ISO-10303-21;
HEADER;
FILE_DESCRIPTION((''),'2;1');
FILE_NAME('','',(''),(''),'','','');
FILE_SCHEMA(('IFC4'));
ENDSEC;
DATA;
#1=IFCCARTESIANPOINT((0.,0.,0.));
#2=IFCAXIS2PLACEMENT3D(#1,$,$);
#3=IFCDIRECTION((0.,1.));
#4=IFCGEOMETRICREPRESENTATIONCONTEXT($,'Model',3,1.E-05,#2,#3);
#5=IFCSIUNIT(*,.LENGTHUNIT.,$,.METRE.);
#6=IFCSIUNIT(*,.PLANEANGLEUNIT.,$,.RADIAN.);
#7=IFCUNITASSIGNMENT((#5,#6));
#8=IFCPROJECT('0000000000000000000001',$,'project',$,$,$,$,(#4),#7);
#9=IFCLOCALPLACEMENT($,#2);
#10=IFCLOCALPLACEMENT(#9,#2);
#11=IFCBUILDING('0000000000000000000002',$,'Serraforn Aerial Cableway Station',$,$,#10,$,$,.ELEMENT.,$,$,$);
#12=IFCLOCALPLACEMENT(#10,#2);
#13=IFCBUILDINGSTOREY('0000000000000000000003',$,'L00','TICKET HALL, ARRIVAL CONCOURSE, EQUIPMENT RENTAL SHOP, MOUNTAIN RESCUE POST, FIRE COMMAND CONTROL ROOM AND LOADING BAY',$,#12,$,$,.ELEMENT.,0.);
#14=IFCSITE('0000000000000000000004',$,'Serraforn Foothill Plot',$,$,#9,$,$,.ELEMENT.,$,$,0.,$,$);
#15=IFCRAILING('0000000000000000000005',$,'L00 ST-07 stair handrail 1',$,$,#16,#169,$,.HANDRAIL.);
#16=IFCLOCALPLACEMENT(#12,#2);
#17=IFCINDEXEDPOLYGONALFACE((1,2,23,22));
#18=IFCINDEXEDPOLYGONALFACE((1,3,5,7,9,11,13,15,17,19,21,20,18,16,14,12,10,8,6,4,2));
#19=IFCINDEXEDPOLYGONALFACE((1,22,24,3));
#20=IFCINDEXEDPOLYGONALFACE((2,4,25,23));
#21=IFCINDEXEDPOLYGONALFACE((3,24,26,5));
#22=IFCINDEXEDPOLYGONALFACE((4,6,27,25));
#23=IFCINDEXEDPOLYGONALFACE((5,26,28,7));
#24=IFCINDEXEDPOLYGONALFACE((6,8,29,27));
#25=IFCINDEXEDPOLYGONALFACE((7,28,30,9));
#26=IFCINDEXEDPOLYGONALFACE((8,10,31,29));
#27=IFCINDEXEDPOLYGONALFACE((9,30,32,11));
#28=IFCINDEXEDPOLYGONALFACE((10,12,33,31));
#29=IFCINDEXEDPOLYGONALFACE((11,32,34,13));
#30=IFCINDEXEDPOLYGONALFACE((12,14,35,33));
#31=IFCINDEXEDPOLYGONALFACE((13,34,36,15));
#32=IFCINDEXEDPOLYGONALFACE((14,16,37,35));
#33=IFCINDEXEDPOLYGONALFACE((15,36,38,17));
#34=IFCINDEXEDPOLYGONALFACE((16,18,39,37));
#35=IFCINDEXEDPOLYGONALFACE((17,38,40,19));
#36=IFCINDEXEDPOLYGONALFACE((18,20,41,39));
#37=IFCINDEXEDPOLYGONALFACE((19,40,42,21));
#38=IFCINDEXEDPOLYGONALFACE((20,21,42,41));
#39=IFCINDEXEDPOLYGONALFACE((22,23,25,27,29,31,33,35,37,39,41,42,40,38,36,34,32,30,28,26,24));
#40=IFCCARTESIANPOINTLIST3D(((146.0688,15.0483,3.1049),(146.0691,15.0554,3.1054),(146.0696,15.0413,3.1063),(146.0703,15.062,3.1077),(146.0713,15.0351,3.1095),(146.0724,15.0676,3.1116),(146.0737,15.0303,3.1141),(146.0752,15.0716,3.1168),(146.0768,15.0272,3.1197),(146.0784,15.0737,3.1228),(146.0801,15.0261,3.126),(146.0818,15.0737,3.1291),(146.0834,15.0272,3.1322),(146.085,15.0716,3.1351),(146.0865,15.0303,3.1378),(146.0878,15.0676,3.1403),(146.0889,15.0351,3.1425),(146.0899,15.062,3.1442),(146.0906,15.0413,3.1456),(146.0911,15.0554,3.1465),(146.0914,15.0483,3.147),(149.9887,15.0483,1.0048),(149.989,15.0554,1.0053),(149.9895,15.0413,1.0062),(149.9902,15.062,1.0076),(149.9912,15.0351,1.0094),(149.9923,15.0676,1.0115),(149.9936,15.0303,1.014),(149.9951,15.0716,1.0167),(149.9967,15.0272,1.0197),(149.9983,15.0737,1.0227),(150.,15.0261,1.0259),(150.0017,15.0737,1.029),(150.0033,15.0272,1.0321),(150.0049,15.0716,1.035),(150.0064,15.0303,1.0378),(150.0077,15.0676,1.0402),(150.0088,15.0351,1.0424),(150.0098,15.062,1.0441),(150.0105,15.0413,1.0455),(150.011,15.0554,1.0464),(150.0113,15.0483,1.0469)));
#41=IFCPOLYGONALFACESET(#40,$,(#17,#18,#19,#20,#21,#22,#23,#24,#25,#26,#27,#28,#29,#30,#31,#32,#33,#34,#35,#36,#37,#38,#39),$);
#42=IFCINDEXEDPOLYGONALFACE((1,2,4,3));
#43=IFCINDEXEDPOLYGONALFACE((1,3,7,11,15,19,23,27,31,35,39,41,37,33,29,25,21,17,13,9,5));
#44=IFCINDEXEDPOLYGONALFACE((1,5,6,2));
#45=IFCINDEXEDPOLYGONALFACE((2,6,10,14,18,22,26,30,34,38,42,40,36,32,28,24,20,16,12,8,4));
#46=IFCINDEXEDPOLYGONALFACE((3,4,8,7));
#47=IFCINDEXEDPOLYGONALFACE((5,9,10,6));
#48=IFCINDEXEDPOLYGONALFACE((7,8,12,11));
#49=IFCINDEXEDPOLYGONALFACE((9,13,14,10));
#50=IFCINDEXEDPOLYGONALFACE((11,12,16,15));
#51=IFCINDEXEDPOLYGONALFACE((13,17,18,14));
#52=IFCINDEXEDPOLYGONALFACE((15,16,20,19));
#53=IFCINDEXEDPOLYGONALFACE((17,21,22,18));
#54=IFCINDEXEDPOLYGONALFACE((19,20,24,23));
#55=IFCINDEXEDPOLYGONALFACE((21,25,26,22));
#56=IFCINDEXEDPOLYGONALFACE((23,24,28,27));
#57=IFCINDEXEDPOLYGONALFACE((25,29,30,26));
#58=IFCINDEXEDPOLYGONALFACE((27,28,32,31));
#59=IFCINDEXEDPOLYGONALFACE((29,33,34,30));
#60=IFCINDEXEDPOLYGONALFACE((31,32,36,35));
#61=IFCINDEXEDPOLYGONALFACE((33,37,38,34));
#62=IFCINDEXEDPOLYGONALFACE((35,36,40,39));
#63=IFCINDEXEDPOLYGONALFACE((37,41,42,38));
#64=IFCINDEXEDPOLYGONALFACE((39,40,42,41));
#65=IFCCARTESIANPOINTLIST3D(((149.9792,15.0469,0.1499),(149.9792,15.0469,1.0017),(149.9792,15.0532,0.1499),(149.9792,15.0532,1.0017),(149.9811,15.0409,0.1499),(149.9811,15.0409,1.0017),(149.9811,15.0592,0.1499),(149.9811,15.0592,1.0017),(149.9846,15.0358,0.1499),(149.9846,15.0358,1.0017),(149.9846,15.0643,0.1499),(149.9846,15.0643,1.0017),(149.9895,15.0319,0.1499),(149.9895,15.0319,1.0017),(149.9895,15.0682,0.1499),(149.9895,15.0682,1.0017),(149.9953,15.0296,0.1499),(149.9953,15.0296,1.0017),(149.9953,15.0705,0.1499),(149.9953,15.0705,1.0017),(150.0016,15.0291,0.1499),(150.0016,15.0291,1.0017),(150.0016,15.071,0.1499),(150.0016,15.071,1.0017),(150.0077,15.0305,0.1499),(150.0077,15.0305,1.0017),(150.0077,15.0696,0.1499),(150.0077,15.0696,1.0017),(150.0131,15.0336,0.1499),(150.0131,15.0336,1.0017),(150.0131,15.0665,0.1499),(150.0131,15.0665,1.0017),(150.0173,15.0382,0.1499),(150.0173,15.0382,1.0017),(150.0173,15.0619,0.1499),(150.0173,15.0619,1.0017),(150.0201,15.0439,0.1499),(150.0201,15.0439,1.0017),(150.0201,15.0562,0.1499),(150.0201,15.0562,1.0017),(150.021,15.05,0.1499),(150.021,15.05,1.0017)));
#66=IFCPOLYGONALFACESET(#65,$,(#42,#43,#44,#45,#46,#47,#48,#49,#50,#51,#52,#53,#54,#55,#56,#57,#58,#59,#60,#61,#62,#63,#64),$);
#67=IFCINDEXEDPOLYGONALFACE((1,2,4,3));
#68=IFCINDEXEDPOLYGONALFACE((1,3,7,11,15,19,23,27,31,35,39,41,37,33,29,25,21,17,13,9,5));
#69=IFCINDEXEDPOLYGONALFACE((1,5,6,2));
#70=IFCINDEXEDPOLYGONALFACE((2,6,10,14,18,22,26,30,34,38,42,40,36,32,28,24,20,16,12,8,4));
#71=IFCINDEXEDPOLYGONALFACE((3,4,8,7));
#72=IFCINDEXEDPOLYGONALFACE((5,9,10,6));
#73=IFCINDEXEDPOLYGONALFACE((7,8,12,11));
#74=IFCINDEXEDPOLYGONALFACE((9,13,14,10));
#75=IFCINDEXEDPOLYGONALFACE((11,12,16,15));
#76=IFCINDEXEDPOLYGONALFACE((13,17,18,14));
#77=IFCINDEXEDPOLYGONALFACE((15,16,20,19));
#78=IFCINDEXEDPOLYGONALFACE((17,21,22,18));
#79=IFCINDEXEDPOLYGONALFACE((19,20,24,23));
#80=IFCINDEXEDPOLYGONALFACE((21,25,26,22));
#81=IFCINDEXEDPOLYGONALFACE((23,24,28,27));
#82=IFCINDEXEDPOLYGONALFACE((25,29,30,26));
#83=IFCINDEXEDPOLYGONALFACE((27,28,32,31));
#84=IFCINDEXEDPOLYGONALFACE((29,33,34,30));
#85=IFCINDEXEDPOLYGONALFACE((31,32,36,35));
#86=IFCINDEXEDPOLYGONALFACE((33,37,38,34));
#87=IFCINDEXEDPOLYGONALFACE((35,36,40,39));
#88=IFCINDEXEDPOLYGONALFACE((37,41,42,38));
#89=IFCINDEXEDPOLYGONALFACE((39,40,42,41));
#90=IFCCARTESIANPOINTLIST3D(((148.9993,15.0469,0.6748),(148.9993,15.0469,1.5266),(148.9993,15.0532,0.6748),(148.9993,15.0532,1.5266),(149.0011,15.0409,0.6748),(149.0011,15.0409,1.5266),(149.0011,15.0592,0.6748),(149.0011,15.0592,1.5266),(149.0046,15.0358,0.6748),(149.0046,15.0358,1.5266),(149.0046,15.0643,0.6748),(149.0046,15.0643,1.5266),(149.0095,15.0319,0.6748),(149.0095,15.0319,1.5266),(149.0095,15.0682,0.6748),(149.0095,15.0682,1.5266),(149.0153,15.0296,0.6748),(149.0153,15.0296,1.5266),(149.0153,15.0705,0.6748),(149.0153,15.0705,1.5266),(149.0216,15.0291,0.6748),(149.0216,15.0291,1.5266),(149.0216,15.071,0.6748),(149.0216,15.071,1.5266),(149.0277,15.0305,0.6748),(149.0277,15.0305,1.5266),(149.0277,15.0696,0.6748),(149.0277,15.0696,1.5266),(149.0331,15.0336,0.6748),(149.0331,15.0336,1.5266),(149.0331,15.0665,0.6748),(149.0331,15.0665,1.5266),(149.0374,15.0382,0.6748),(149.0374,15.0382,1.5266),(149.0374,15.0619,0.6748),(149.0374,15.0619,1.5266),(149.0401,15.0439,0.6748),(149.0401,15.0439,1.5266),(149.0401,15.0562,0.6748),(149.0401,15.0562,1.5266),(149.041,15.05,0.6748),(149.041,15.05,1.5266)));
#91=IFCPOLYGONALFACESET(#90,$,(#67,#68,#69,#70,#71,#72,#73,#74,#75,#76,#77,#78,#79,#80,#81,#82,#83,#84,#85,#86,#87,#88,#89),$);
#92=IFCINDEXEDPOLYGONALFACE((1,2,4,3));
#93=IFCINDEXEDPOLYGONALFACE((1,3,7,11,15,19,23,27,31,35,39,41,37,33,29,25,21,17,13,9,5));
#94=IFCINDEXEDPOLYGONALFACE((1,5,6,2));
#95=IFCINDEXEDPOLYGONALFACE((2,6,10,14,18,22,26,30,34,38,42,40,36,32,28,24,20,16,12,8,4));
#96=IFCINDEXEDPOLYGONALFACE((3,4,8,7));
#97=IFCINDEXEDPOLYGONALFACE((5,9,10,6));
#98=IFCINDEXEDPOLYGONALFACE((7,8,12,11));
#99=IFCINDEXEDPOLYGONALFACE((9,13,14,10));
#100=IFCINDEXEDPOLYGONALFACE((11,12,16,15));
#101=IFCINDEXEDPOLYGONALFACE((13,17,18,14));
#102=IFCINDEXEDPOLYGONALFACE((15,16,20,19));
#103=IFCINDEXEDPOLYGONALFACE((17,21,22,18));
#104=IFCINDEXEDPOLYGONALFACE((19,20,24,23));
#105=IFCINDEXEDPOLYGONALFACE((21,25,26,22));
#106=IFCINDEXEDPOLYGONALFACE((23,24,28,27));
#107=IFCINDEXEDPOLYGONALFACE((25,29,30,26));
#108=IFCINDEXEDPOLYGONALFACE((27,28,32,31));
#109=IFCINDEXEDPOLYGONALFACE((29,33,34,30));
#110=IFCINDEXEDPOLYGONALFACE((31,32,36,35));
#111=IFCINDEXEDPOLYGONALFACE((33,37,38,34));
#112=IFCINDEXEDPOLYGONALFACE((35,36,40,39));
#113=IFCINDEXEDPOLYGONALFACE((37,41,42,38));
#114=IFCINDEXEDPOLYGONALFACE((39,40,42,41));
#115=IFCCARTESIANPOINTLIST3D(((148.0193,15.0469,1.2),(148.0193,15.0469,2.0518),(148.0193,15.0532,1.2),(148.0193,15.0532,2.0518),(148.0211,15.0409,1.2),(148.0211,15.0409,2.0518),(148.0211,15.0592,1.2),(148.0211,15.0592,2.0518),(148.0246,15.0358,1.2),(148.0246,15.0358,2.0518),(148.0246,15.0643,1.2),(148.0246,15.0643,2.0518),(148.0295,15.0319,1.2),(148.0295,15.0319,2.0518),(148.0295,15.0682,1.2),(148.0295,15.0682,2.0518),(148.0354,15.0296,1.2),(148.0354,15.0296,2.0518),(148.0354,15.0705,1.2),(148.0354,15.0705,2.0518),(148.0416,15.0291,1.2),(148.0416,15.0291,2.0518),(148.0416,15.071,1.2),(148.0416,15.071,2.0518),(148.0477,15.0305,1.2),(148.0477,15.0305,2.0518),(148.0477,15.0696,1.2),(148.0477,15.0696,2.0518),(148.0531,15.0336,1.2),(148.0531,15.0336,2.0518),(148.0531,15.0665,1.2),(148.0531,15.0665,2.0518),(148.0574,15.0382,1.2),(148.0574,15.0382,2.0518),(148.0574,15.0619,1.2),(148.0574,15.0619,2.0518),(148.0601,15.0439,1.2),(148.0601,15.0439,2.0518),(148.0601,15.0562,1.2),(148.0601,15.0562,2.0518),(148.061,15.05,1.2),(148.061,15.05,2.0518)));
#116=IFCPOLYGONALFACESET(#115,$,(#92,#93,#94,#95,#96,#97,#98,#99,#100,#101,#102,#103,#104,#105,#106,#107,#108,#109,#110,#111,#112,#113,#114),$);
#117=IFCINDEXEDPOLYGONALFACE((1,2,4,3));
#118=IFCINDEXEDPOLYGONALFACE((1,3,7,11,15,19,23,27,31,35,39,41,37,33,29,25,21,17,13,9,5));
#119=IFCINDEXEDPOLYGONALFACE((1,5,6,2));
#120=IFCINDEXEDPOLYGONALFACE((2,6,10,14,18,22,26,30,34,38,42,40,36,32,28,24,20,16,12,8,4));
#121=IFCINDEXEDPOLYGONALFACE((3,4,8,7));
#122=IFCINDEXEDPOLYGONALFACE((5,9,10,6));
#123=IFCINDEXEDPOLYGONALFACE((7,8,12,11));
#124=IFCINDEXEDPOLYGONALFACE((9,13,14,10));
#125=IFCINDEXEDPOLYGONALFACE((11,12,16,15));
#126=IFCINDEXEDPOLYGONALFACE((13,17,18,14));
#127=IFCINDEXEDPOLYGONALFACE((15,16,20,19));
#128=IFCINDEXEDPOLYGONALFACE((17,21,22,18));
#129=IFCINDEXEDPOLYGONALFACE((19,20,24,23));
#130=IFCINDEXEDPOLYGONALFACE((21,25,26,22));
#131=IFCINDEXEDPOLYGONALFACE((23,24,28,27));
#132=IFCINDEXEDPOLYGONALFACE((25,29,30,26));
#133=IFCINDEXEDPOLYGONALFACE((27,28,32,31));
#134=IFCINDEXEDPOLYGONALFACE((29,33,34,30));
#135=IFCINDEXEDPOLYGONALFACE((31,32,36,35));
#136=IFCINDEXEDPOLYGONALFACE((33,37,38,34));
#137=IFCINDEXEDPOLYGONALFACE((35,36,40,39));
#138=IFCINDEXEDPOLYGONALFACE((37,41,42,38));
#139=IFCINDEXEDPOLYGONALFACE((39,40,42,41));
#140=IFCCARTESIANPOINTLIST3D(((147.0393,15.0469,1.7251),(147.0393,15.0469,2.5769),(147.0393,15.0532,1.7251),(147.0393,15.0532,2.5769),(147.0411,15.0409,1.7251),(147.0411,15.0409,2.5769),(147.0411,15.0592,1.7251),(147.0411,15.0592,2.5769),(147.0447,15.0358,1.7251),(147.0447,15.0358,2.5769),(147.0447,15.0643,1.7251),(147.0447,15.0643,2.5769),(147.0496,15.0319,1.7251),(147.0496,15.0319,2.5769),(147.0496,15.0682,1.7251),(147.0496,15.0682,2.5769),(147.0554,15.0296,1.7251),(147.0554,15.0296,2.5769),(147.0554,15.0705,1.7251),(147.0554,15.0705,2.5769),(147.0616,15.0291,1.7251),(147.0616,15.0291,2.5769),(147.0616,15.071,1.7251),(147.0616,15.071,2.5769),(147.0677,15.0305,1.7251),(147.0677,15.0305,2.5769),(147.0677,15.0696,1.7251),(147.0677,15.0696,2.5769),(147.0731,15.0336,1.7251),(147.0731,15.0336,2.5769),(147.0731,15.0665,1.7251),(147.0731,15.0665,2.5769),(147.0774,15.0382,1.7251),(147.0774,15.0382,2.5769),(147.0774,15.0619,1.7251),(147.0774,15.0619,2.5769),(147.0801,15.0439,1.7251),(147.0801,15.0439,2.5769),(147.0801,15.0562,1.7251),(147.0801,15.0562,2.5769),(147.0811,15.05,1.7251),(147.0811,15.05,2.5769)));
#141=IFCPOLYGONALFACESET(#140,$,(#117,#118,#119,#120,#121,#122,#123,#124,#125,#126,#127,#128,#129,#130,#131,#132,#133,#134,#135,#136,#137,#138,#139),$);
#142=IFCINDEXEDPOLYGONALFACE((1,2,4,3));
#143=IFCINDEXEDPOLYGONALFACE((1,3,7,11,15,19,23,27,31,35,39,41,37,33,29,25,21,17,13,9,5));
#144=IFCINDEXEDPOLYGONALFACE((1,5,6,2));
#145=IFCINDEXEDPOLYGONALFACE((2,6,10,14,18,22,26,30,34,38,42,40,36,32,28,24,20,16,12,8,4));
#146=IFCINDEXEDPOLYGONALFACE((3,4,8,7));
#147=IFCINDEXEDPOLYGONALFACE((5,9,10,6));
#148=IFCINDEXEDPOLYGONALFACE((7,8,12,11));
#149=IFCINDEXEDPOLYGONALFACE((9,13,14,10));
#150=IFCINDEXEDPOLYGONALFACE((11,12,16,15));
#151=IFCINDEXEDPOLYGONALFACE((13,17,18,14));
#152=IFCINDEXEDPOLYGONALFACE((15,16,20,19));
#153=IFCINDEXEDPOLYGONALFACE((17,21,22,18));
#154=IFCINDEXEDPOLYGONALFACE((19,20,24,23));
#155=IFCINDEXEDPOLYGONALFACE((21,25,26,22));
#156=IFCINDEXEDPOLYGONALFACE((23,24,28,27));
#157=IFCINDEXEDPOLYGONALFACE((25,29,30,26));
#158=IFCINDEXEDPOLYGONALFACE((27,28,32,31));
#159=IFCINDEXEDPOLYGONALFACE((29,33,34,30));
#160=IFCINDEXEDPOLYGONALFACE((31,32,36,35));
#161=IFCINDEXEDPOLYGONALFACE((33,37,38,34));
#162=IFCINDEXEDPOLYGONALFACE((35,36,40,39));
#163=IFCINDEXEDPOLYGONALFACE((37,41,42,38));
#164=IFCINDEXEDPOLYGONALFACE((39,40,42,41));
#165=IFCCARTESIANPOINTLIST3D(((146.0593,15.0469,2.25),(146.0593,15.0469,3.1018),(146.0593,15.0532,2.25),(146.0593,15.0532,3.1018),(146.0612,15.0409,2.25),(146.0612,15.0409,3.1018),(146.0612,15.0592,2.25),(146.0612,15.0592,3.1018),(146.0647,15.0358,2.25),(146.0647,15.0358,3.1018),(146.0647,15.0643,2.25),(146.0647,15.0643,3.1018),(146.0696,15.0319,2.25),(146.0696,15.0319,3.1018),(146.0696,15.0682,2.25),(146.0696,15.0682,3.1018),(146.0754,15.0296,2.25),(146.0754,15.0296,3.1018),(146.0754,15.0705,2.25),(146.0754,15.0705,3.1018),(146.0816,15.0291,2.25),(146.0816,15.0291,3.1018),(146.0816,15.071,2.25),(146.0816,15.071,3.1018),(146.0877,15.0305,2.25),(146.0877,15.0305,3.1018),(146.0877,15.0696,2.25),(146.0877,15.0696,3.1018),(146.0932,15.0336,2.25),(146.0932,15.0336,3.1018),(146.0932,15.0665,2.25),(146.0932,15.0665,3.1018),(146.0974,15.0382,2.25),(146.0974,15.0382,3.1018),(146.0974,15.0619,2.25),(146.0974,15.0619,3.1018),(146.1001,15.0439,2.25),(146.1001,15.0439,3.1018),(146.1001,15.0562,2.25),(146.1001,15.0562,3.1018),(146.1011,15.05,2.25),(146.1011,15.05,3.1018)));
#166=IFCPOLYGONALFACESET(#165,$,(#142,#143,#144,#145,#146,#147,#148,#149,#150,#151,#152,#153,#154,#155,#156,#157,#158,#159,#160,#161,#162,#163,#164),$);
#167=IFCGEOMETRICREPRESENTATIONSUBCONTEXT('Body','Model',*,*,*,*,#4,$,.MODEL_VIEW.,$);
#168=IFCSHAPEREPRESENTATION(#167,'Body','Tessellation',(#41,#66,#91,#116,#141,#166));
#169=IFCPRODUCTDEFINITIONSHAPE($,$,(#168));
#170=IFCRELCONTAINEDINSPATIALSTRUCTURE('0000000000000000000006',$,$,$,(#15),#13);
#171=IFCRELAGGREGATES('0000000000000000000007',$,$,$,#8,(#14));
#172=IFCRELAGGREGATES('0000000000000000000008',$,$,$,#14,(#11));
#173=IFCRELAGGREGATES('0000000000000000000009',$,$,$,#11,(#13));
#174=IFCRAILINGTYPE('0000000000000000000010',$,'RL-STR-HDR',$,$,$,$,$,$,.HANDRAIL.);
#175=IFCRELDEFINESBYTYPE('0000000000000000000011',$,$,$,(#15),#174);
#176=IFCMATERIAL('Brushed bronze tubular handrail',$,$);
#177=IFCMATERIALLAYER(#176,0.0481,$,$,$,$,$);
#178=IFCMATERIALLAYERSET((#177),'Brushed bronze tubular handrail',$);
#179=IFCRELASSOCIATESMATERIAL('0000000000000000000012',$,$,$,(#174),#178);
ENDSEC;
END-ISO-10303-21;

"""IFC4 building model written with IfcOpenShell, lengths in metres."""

from ifc_helpers import new_model, si_unit, direction, frame, origin, origin_2d, place, context, subcontext, project, spatial, circle, extrude, material, layer, layer_set, type_object, element, save


model = new_model("IFC4")

# Units and contexts
model_context = context("Model", 3, precision=1e-05, world=origin(), true_north=direction((0.0, 1.0)))
body_context = subcontext(model_context, "Body", "Model", "MODEL_VIEW")
ifc_project = project(units=[si_unit("LENGTHUNIT", "METRE"), si_unit("PLANEANGLEUNIT", "RADIAN")], contexts=[model_context])

# Site, building, storey
site_placement = place(None, origin())
site = spatial("IfcSite", under=ifc_project, at=site_placement, Name="Serraforn Foothill Plot", CompositionType="ELEMENT", RefElevation=0.0)
building_placement = place(site_placement, origin())
building = spatial("IfcBuilding", under=site, at=building_placement, Name="Serraforn Aerial Cableway Station", CompositionType="ELEMENT")
storey_placement = place(building_placement, origin())
storey = spatial("IfcBuildingStorey", under=building, at=storey_placement, Name="L00", Description="TICKET HALL, ARRIVAL CONCOURSE, EQUIPMENT RENTAL SHOP, MOUNTAIN RESCUE POST, FIRE COMMAND CONTROL ROOM AND LOADING BAY", CompositionType="ELEMENT", Elevation=0.0)

# Railing
ifc_material_1 = material(Name="Brushed bronze tubular handrail")
ifc_layer_1 = layer(ifc_material_1, 0.0481)
ifc_layer_set_1 = layer_set([ifc_layer_1], Name="Brushed bronze tubular handrail")
railing_type = type_object("IfcRailingType", Name="RL-STR-HDR", PredefinedType="HANDRAIL", material=ifc_layer_set_1)
railing_placement = place(storey_placement, frame((150.0, 15.05, 0.1499)))
element("IfcRailing", 1, at=railing_placement, inside=storey, type_object=railing_type, Name="L00 ST-07 stair handrail 1", PredefinedType="HANDRAIL", context=body_context, shape_type="SweptSolid", body=[
    extrude(circle(Radius=0.0239, at=origin_2d()), frame((0.0, 0.0, 0.876), z_axis=(-0.881467, 0.0, 0.472246), x_axis=(0.0, -1.0, 0.0)), (0.0, 0.0, 1.0), 4.447),
    extrude(circle(Radius=0.021, at=origin_2d()), origin(), (0.0, 0.0, 1.0), 0.8518),
    extrude(circle(Radius=0.021, at=origin_2d()), frame((-0.98, 0.0, 0.5249)), (0.0, 0.0, 1.0), 0.8518),
    extrude(circle(Radius=0.021, at=origin_2d()), frame((-1.96, 0.0, 1.05)), (0.0, 0.0, 1.0), 0.8518),
    extrude(circle(Radius=0.021, at=origin_2d()), frame((-2.9399, 0.0, 1.5752)), (0.0, 0.0, 1.0), 0.8518),
    extrude(circle(Radius=0.021, at=origin_2d()), frame((-3.9199, 0.0, 2.1001)), (0.0, 0.0, 1.0), 0.8518),
])

save(model, "model.ifc")
